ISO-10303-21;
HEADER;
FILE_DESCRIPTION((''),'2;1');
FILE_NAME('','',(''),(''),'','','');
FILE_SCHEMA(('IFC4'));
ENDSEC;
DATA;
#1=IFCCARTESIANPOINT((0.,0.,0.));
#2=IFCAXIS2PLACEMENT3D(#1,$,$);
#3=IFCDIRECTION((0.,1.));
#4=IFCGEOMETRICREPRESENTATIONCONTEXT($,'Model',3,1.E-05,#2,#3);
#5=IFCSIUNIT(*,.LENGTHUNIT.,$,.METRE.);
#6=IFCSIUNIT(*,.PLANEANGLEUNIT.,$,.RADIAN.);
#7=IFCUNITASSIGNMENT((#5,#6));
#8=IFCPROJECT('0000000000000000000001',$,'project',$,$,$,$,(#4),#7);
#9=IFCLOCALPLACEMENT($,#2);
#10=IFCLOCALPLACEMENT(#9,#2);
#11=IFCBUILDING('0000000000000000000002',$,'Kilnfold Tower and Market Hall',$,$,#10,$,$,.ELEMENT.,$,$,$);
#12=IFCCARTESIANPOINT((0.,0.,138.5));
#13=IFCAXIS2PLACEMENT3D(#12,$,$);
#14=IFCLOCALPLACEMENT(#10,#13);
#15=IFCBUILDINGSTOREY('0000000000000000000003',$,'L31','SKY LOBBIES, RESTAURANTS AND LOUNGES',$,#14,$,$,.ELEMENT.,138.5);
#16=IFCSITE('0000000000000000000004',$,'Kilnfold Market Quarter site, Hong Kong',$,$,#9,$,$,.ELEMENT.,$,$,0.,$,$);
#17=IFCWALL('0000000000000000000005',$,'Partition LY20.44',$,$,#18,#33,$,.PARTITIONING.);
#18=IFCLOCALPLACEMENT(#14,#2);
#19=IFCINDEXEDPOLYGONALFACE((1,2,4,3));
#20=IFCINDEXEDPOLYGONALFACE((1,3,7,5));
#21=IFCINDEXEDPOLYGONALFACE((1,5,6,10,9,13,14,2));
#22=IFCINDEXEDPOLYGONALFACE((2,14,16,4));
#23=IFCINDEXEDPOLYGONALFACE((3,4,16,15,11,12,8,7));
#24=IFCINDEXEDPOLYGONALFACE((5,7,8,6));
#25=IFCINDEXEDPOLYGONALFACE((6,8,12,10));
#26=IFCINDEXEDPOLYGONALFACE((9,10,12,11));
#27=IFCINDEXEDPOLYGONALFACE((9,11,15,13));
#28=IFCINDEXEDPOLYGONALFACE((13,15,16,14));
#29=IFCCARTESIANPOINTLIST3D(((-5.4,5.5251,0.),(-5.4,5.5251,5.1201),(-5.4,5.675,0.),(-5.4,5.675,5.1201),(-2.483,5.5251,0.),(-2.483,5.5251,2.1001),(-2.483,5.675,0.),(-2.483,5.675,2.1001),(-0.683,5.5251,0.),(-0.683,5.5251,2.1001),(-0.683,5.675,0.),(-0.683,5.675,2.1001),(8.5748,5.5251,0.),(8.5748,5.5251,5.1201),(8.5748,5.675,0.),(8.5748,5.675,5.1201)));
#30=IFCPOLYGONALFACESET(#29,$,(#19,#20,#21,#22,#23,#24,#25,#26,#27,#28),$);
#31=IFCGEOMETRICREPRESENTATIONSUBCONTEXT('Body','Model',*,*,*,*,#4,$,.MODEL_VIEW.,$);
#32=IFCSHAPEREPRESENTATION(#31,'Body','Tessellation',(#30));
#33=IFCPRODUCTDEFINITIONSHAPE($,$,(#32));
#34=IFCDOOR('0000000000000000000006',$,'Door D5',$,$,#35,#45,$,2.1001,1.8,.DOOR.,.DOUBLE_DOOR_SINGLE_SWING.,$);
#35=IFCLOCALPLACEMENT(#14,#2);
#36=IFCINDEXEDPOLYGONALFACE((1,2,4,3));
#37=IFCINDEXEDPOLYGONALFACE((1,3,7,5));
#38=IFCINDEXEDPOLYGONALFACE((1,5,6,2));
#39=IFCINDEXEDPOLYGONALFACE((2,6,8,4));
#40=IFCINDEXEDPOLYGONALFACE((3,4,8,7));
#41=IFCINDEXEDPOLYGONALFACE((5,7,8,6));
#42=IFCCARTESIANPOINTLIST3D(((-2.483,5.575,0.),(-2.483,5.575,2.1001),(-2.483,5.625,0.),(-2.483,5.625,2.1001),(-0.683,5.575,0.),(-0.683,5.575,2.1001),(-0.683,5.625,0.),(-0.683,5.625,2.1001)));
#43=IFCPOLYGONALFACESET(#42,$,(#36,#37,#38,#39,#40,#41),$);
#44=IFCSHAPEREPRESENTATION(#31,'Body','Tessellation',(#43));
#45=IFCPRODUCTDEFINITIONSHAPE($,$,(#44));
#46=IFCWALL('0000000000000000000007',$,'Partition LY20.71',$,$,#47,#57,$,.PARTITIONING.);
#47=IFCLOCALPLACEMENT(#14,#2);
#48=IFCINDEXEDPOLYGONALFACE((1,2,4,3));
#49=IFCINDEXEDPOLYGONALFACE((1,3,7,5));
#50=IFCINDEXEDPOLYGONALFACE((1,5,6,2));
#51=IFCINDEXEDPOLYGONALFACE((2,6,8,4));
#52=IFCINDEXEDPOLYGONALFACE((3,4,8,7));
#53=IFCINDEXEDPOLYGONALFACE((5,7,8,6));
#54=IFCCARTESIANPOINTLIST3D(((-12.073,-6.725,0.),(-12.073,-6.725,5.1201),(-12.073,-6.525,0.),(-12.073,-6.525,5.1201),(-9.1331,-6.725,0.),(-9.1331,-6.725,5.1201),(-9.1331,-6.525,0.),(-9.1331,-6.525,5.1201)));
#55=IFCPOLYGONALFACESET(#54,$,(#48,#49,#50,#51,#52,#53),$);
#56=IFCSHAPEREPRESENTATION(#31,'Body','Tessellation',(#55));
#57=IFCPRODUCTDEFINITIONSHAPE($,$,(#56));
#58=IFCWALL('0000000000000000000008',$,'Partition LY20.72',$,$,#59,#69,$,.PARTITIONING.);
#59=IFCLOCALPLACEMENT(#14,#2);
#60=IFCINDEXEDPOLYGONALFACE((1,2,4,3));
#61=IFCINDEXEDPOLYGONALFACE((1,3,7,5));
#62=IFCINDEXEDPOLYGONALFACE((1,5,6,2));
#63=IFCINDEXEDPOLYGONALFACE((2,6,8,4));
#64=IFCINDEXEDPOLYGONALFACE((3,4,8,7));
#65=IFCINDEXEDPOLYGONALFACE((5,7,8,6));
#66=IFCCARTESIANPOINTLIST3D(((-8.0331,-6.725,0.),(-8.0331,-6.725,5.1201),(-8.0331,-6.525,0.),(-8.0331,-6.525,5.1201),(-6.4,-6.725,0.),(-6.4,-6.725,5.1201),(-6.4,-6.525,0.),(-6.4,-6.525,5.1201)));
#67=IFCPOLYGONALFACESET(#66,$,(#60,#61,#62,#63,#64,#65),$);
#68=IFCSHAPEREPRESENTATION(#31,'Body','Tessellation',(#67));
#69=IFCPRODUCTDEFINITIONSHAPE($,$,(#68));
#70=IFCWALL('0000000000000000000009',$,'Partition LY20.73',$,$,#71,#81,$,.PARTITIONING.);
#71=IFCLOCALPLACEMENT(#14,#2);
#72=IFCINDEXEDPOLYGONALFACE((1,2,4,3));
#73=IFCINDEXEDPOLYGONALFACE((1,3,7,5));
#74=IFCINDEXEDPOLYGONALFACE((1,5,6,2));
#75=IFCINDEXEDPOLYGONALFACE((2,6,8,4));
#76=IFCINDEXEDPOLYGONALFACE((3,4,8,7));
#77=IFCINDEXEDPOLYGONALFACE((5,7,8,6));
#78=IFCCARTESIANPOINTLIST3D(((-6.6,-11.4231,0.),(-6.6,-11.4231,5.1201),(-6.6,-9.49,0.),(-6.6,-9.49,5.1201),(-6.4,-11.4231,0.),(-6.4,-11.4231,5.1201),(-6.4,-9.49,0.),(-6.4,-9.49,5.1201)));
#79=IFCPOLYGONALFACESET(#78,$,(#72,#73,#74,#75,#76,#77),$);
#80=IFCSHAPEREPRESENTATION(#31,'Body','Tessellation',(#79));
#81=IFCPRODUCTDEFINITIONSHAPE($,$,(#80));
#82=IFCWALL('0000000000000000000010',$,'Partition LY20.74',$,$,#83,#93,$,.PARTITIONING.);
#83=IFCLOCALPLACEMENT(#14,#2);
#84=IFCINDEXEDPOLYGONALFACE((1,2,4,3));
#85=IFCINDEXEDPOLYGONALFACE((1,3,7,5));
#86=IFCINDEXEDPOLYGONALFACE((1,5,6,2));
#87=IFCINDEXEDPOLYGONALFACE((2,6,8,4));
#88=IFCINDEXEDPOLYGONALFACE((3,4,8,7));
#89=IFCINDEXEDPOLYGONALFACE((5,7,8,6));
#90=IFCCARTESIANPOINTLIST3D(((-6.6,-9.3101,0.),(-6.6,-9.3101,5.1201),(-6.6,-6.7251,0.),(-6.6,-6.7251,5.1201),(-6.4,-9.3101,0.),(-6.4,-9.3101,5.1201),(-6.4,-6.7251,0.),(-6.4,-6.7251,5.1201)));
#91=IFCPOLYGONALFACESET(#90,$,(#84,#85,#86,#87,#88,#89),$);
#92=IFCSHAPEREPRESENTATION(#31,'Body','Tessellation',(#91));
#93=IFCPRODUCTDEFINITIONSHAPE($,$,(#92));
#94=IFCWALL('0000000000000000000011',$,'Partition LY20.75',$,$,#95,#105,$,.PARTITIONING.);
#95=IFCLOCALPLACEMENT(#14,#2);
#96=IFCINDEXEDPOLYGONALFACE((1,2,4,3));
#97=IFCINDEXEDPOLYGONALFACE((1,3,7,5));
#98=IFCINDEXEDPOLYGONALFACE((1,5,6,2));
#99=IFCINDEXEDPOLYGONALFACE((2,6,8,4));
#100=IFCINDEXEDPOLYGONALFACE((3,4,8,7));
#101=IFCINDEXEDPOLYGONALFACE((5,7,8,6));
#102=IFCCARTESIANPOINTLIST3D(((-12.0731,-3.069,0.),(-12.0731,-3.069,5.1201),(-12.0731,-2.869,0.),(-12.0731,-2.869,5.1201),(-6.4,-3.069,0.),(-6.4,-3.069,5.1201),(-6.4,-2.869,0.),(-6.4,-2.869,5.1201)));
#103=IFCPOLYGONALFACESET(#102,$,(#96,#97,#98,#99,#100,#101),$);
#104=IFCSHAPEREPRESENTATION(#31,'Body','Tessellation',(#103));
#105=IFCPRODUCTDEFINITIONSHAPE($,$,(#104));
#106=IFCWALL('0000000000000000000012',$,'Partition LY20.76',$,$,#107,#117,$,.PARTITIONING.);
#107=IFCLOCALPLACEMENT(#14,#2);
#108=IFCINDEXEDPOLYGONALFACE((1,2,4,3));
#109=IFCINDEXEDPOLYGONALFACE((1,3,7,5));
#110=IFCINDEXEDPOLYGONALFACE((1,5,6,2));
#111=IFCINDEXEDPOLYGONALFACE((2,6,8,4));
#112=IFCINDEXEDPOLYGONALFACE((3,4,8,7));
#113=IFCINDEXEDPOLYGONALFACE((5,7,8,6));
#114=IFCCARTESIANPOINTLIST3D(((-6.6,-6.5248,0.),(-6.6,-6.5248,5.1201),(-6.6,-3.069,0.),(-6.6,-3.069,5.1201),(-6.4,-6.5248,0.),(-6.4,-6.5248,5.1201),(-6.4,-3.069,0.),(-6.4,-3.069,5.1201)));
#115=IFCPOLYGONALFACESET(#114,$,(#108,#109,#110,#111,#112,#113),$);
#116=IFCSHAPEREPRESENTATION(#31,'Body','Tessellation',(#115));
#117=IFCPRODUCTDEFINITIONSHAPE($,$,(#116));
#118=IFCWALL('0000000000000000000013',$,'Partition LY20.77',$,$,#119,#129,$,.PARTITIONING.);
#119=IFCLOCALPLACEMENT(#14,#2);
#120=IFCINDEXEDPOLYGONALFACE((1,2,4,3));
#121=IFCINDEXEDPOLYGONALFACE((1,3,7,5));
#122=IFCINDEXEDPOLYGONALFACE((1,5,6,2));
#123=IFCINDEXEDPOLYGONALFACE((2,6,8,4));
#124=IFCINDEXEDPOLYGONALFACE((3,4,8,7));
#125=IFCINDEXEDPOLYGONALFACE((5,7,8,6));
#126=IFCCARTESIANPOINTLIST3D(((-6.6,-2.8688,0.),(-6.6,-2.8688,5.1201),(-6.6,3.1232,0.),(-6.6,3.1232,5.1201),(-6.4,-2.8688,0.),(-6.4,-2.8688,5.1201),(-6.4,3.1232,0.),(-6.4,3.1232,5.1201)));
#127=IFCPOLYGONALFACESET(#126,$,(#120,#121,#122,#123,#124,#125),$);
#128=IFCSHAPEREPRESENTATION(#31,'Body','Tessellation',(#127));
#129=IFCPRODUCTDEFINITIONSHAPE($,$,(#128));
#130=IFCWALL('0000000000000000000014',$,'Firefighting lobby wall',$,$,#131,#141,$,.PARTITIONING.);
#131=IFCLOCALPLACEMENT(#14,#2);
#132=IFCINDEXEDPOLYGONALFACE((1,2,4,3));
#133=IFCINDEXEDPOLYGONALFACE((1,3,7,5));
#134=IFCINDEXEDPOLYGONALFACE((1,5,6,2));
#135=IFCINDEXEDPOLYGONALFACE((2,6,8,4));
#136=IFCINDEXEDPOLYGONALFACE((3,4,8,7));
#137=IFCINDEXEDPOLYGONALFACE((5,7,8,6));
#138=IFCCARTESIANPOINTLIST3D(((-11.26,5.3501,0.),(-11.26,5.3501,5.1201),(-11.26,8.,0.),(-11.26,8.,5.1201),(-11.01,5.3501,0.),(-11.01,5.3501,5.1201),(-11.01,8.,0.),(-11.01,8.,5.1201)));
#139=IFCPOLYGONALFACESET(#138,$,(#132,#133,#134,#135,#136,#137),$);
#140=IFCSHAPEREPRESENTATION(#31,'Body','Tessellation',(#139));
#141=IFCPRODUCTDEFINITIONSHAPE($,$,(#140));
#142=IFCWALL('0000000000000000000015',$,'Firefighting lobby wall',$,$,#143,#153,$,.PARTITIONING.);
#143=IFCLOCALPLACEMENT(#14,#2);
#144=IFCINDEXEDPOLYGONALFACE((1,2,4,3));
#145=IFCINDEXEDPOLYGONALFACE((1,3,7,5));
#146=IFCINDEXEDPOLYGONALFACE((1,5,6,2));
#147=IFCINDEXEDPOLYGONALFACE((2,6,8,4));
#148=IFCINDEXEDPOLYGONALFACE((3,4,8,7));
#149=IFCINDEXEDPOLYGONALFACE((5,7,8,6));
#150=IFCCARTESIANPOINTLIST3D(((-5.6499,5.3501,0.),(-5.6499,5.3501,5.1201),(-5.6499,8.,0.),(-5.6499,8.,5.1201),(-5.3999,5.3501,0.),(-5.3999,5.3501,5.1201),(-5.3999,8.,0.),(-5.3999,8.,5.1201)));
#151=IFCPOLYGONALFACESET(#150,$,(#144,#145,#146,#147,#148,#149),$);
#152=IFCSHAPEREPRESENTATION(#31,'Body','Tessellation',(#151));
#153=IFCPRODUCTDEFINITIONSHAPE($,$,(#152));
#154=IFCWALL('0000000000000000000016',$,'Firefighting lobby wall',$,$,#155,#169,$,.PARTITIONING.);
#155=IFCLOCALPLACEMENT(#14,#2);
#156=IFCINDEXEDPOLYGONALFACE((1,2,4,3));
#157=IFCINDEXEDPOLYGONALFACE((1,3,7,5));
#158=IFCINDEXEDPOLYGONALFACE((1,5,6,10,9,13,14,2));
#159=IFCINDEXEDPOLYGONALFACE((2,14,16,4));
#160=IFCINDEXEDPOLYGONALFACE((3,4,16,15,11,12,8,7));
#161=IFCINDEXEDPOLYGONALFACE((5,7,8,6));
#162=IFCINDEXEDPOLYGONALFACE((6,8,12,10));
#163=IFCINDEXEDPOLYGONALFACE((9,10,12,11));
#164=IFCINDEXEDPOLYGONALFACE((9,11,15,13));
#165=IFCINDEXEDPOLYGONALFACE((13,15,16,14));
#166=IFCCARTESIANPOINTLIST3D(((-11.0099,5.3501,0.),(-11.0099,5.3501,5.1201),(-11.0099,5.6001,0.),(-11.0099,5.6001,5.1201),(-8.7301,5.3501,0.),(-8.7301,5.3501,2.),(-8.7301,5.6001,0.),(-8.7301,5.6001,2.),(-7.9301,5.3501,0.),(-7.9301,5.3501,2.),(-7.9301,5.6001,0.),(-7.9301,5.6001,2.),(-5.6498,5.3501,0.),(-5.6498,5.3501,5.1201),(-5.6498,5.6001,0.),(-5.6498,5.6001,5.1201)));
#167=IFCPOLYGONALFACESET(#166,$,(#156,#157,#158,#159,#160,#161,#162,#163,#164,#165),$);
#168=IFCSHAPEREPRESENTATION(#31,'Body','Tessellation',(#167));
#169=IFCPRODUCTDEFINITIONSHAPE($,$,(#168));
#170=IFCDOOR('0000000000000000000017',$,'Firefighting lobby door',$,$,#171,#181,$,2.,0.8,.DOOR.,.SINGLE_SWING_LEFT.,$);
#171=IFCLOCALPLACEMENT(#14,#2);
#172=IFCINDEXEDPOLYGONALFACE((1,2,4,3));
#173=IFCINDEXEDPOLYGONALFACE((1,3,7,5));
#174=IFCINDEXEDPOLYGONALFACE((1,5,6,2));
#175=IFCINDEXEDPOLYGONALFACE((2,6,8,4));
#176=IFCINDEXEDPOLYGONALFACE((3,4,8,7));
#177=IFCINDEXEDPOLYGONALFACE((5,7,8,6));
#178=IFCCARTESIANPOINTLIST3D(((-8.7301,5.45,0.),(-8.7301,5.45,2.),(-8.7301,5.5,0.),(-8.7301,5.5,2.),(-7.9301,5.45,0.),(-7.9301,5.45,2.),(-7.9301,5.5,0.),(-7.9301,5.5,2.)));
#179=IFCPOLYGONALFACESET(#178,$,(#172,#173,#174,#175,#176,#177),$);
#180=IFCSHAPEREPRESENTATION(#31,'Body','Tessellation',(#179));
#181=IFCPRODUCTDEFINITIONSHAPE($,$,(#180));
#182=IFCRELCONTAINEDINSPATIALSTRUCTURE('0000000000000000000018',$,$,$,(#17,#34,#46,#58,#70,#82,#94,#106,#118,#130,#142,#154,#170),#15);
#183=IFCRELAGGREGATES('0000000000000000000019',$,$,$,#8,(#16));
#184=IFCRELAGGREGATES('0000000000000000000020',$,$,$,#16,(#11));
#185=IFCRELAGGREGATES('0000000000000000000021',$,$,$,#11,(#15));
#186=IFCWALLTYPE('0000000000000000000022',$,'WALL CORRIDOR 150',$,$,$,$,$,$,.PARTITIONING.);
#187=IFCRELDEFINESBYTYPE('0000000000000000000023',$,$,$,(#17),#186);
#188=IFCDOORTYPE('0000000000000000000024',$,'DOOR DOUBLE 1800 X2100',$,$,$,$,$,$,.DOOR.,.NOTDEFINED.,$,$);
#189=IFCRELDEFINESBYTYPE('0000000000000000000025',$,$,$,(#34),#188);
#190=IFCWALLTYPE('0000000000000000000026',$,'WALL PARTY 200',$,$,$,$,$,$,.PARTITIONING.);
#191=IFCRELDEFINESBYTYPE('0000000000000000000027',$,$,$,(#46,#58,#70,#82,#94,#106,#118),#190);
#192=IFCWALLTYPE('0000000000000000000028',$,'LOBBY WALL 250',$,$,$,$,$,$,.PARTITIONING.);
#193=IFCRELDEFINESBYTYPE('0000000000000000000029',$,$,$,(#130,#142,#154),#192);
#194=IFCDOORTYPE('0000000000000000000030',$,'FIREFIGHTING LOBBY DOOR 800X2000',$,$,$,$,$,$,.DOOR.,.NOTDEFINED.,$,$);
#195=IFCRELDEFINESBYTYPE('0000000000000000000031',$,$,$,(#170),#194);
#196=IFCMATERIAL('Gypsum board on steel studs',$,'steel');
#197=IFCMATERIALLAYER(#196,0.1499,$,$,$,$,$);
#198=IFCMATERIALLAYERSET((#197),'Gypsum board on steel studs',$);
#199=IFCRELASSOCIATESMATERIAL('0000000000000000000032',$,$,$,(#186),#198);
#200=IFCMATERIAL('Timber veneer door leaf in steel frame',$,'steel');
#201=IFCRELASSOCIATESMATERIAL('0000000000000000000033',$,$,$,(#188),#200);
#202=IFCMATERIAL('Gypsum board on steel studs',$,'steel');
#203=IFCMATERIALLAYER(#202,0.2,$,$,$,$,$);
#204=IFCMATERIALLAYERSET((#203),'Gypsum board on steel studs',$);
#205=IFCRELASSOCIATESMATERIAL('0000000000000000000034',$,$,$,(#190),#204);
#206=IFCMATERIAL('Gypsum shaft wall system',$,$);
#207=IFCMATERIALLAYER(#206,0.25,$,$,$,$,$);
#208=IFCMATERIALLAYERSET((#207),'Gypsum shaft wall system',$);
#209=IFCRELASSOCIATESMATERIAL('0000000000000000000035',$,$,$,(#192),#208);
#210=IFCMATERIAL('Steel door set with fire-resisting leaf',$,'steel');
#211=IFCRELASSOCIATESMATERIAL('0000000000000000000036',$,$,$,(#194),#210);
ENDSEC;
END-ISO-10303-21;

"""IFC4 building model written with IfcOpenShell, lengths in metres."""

from ifc_helpers import new_model, si_unit, direction, frame, frame_2d, origin, place, context, subcontext, project, spatial, rectangle, extrude, source, transform, mapped, material, layer, layer_set, type_object, element, fill, save


model = new_model("IFC4")

# Units and contexts
model_context = context("Model", 3, precision=1e-05, world=origin(), true_north=direction((0.0, 1.0)))
body_context = subcontext(model_context, "Body", "Model", "MODEL_VIEW")
ifc_project = project(units=[si_unit("LENGTHUNIT", "METRE"), si_unit("PLANEANGLEUNIT", "RADIAN")], contexts=[model_context])

# Site, building, storey
site_placement = place(None, origin())
site = spatial("IfcSite", under=ifc_project, at=site_placement, Name="Kilnfold Market Quarter site, Hong Kong", CompositionType="ELEMENT", RefElevation=0.0)
building_placement = place(site_placement, origin())
building = spatial("IfcBuilding", under=site, at=building_placement, Name="Kilnfold Tower and Market Hall", CompositionType="ELEMENT")
storey_placement = place(building_placement, frame((0.0, 0.0, 138.5)))
storey = spatial("IfcBuildingStorey", under=building, at=storey_placement, Name="L31", Description="SKY LOBBIES, RESTAURANTS AND LOUNGES", CompositionType="ELEMENT", Elevation=138.5)

# Shared definitions
ifc_material_1 = material(Name="Gypsum board on steel studs", Category="steel")
ifc_layer_1 = layer(ifc_material_1, 0.1499)
ifc_layer_set_1 = layer_set([ifc_layer_1], Name="Gypsum board on steel studs")
wall_type_1 = type_object("IfcWallType", Name="WALL CORRIDOR 150", PredefinedType="PARTITIONING", material=ifc_layer_set_1)

# Wall, opening, door
wall_1_placement = place(storey_placement, frame((-5.3999, 5.6001, 0.0), z_axis=(0.0, 0.0, 1.0), x_axis=(1.0, 0.0, 0.0)))
wall_1 = element("IfcWall", 1, at=wall_1_placement, inside=storey, type_object=wall_type_1, Name="Partition LY20.44", PredefinedType="PARTITIONING", context=body_context, shape_type="SweptSolid", body=[
    extrude(rectangle(XDim=13.9749, YDim=0.1499, at=frame_2d((6.9873, 0.0))), origin(), (0.0, 0.0, 1.0), 5.1201),
])
opening_1_placement = place(wall_1_placement, frame((2.917, 0.0, 0.0)))
opening_1 = element("IfcOpeningElement", 2, at=opening_1_placement, cuts=wall_1, PredefinedType="OPENING", context=body_context, shape_type="SweptSolid", body=[
    extrude(rectangle(XDim=1.8, YDim=2.1001, at=frame_2d((0.8999, 1.05))), frame((0.0, 0.085, 0.0), z_axis=(0.0, -1.0, 0.0), x_axis=(1.0, 0.0, 0.0)), (0.0, 0.0, 1.0), 0.1699),
])
ifc_material_2 = material(Name="Timber veneer door leaf in steel frame", Category="steel")
door_type_1 = type_object("IfcDoorType", Name="DOOR DOUBLE 1800 X2100", OperationType="NOTDEFINED", PredefinedType="DOOR", material=ifc_material_2)
door_1_placement = place(opening_1_placement, origin())
door_1 = element("IfcDoor", 3, at=door_1_placement, inside=storey, type_object=door_type_1, Name="Door D5", OperationType="DOUBLE_DOOR_SINGLE_SWING", OverallHeight=2.1001, OverallWidth=1.8, PredefinedType="DOOR", context=body_context, shape_type="SweptSolid", body=[
    extrude(rectangle(XDim=1.8, YDim=2.1001, at=frame_2d((0.8999, 1.05))), frame((0.0, 0.0249, 0.0), z_axis=(0.0, -1.0, 0.0), x_axis=(1.0, 0.0, 0.0)), (0.0, 0.0, 1.0), 0.05),
])
fill(opening_1, door_1)

# Walls
ifc_material_3 = material(Name="Gypsum board on steel studs", Category="steel")
ifc_layer_2 = layer(ifc_material_3, 0.2)
ifc_layer_set_2 = layer_set([ifc_layer_2], Name="Gypsum board on steel studs")
wall_type_2 = type_object("IfcWallType", Name="WALL PARTY 200", PredefinedType="PARTITIONING", material=ifc_layer_set_2)
wall_2_placement = place(storey_placement, frame((-12.073, -6.625, 0.0), z_axis=(0.0, 0.0, 1.0), x_axis=(1.0, 0.0, 0.0)))
element("IfcWall", 4, at=wall_2_placement, inside=storey, type_object=wall_type_2, Name="Partition LY20.71", PredefinedType="PARTITIONING", context=body_context, shape_type="SweptSolid", body=[
    extrude(rectangle(XDim=2.9399, YDim=0.2, at=frame_2d((1.47, 0.0))), origin(), (0.0, 0.0, 1.0), 5.1201),
])
wall_3_placement = place(storey_placement, frame((-8.033, -6.625, 0.0), z_axis=(0.0, 0.0, 1.0), x_axis=(1.0, 0.0, 0.0)))
element("IfcWall", 5, at=wall_3_placement, inside=storey, type_object=wall_type_2, Name="Partition LY20.72", PredefinedType="PARTITIONING", context=body_context, shape_type="SweptSolid", body=[
    extrude(rectangle(XDim=1.6331, YDim=0.2, at=frame_2d((0.8164, 0.0))), origin(), (0.0, 0.0, 1.0), 5.1201),
])
wall_4_placement = place(storey_placement, frame((-6.5, -11.4231, 0.0), z_axis=(0.0, 0.0, 1.0), x_axis=(0.0, 1.0, 0.0)))
element("IfcWall", 6, at=wall_4_placement, inside=storey, type_object=wall_type_2, Name="Partition LY20.73", PredefinedType="PARTITIONING", context=body_context, shape_type="SweptSolid", body=[
    extrude(rectangle(XDim=1.9331, YDim=0.2, at=frame_2d((0.9666, 0.0))), origin(), (0.0, 0.0, 1.0), 5.1201),
])
wall_5_placement = place(storey_placement, frame((-6.5, -9.3101, 0.0), z_axis=(0.0, 0.0, 1.0), x_axis=(0.0, 1.0, 0.0)))
element("IfcWall", 7, at=wall_5_placement, inside=storey, type_object=wall_type_2, Name="Partition LY20.74", PredefinedType="PARTITIONING", context=body_context, shape_type="SweptSolid", body=[
    extrude(rectangle(XDim=2.585, YDim=0.2, at=frame_2d((1.2925, 0.0))), origin(), (0.0, 0.0, 1.0), 5.1201),
])
wall_6_placement = place(storey_placement, frame((-12.073, -2.969, 0.0), z_axis=(0.0, 0.0, 1.0), x_axis=(1.0, 0.0, 0.0)))
element("IfcWall", 8, at=wall_6_placement, inside=storey, type_object=wall_type_2, Name="Partition LY20.75", PredefinedType="PARTITIONING", context=body_context, shape_type="SweptSolid", body=[
    extrude(rectangle(XDim=5.6731, YDim=0.2, at=frame_2d((2.8364, 0.0))), origin(), (0.0, 0.0, 1.0), 5.1201),
])
wall_7_placement = place(storey_placement, frame((-6.5, -6.5249, 0.0), z_axis=(0.0, 0.0, 1.0), x_axis=(0.0, 1.0, 0.0)))
element("IfcWall", 9, at=wall_7_placement, inside=storey, type_object=wall_type_2, Name="Partition LY20.76", PredefinedType="PARTITIONING", context=body_context, shape_type="SweptSolid", body=[
    extrude(rectangle(XDim=3.4558, YDim=0.2, at=frame_2d((1.728, 0.0))), origin(), (0.0, 0.0, 1.0), 5.1201),
])
wall_8_placement = place(storey_placement, frame((-6.5, -2.8689, 0.0), z_axis=(0.0, 0.0, 1.0), x_axis=(0.0, 1.0, 0.0)))
element("IfcWall", 10, at=wall_8_placement, inside=storey, type_object=wall_type_2, Name="Partition LY20.77", PredefinedType="PARTITIONING", context=body_context, shape_type="SweptSolid", body=[
    extrude(rectangle(XDim=5.9919, YDim=0.2, at=frame_2d((2.9961, 0.0))), origin(), (0.0, 0.0, 1.0), 5.1201),
])
ifc_material_4 = material(Name="Gypsum shaft wall system")
ifc_layer_3 = layer(ifc_material_4, 0.25)
ifc_layer_set_3 = layer_set([ifc_layer_3], Name="Gypsum shaft wall system")
wall_type_3 = type_object("IfcWallType", Name="LOBBY WALL 250", PredefinedType="PARTITIONING", material=ifc_layer_set_3)
shared_shape_1 = source(origin(), body_context, "Body", "SweptSolid", [
    extrude(rectangle(XDim=2.6499, YDim=0.25, at=frame_2d((1.325, 0.0))), origin(), (0.0, 0.0, 1.0), 5.1201),
])
for number, where, z_axis, x_axis, name in (
    (11, (-11.135, 5.3501, 0.0), (0.0, 0.0, 1.0), (0.0, 1.0, 0.0), "Firefighting lobby wall"),
    (12, (-5.5249, 5.3501, 0.0), (0.0, 0.0, 1.0), (0.0, 1.0, 0.0), "Firefighting lobby wall"),
):
    element("IfcWall", number, at=place(storey_placement, frame(where, z_axis=z_axis, x_axis=x_axis)), inside=storey, type_object=wall_type_3, Name=name, PredefinedType="PARTITIONING", context=body_context, shape_type="MappedRepresentation", body=[
        mapped(shared_shape_1, transform((0.0, 0.0, 0.0))),
    ])

# Wall, opening, door
shared_shape_2 = source(origin(), body_context, "Body", "SweptSolid", [
    extrude(rectangle(XDim=5.3601, YDim=0.25, at=frame_2d((2.6802, 0.0))), origin(), (0.0, 0.0, 1.0), 5.1201),
])
wall_9_placement = place(storey_placement, frame((-11.01, 5.4751, 0.0), z_axis=(0.0, 0.0, 1.0), x_axis=(1.0, 0.0, 0.0)))
wall_9 = element("IfcWall", 13, at=wall_9_placement, inside=storey, type_object=wall_type_3, Name="Firefighting lobby wall", PredefinedType="PARTITIONING", context=body_context, shape_type="MappedRepresentation", body=[
    mapped(shared_shape_2, transform((0.0, 0.0, 0.0))),
])
opening_2_placement = place(wall_9_placement, frame((2.28, 0.0, 0.0)))
opening_2 = element("IfcOpeningElement", 14, at=opening_2_placement, cuts=wall_9, PredefinedType="OPENING", context=body_context, shape_type="SweptSolid", body=[
    extrude(rectangle(XDim=0.8, YDim=2.0, at=frame_2d((0.3999, 1.0))), frame((0.0, 0.135, 0.0), z_axis=(0.0, -1.0, 0.0), x_axis=(1.0, 0.0, 0.0)), (0.0, 0.0, 1.0), 0.27),
])
ifc_material_5 = material(Name="Steel door set with fire-resisting leaf", Category="steel")
door_type_2 = type_object("IfcDoorType", Name="FIREFIGHTING LOBBY DOOR 800X2000", OperationType="NOTDEFINED", PredefinedType="DOOR", material=ifc_material_5)
door_2_placement = place(opening_2_placement, origin())
door_2 = element("IfcDoor", 15, at=door_2_placement, inside=storey, type_object=door_type_2, Name="Firefighting lobby door", OperationType="SINGLE_SWING_LEFT", OverallHeight=2.0, OverallWidth=0.8, PredefinedType="DOOR", context=body_context, shape_type="SweptSolid", body=[
    extrude(rectangle(XDim=0.8, YDim=2.0, at=frame_2d((0.3999, 1.0))), frame((0.0, 0.0249, 0.0), z_axis=(0.0, -1.0, 0.0), x_axis=(1.0, 0.0, 0.0)), (0.0, 0.0, 1.0), 0.05),
])
fill(opening_2, door_2)

save(model, "model.ifc")
